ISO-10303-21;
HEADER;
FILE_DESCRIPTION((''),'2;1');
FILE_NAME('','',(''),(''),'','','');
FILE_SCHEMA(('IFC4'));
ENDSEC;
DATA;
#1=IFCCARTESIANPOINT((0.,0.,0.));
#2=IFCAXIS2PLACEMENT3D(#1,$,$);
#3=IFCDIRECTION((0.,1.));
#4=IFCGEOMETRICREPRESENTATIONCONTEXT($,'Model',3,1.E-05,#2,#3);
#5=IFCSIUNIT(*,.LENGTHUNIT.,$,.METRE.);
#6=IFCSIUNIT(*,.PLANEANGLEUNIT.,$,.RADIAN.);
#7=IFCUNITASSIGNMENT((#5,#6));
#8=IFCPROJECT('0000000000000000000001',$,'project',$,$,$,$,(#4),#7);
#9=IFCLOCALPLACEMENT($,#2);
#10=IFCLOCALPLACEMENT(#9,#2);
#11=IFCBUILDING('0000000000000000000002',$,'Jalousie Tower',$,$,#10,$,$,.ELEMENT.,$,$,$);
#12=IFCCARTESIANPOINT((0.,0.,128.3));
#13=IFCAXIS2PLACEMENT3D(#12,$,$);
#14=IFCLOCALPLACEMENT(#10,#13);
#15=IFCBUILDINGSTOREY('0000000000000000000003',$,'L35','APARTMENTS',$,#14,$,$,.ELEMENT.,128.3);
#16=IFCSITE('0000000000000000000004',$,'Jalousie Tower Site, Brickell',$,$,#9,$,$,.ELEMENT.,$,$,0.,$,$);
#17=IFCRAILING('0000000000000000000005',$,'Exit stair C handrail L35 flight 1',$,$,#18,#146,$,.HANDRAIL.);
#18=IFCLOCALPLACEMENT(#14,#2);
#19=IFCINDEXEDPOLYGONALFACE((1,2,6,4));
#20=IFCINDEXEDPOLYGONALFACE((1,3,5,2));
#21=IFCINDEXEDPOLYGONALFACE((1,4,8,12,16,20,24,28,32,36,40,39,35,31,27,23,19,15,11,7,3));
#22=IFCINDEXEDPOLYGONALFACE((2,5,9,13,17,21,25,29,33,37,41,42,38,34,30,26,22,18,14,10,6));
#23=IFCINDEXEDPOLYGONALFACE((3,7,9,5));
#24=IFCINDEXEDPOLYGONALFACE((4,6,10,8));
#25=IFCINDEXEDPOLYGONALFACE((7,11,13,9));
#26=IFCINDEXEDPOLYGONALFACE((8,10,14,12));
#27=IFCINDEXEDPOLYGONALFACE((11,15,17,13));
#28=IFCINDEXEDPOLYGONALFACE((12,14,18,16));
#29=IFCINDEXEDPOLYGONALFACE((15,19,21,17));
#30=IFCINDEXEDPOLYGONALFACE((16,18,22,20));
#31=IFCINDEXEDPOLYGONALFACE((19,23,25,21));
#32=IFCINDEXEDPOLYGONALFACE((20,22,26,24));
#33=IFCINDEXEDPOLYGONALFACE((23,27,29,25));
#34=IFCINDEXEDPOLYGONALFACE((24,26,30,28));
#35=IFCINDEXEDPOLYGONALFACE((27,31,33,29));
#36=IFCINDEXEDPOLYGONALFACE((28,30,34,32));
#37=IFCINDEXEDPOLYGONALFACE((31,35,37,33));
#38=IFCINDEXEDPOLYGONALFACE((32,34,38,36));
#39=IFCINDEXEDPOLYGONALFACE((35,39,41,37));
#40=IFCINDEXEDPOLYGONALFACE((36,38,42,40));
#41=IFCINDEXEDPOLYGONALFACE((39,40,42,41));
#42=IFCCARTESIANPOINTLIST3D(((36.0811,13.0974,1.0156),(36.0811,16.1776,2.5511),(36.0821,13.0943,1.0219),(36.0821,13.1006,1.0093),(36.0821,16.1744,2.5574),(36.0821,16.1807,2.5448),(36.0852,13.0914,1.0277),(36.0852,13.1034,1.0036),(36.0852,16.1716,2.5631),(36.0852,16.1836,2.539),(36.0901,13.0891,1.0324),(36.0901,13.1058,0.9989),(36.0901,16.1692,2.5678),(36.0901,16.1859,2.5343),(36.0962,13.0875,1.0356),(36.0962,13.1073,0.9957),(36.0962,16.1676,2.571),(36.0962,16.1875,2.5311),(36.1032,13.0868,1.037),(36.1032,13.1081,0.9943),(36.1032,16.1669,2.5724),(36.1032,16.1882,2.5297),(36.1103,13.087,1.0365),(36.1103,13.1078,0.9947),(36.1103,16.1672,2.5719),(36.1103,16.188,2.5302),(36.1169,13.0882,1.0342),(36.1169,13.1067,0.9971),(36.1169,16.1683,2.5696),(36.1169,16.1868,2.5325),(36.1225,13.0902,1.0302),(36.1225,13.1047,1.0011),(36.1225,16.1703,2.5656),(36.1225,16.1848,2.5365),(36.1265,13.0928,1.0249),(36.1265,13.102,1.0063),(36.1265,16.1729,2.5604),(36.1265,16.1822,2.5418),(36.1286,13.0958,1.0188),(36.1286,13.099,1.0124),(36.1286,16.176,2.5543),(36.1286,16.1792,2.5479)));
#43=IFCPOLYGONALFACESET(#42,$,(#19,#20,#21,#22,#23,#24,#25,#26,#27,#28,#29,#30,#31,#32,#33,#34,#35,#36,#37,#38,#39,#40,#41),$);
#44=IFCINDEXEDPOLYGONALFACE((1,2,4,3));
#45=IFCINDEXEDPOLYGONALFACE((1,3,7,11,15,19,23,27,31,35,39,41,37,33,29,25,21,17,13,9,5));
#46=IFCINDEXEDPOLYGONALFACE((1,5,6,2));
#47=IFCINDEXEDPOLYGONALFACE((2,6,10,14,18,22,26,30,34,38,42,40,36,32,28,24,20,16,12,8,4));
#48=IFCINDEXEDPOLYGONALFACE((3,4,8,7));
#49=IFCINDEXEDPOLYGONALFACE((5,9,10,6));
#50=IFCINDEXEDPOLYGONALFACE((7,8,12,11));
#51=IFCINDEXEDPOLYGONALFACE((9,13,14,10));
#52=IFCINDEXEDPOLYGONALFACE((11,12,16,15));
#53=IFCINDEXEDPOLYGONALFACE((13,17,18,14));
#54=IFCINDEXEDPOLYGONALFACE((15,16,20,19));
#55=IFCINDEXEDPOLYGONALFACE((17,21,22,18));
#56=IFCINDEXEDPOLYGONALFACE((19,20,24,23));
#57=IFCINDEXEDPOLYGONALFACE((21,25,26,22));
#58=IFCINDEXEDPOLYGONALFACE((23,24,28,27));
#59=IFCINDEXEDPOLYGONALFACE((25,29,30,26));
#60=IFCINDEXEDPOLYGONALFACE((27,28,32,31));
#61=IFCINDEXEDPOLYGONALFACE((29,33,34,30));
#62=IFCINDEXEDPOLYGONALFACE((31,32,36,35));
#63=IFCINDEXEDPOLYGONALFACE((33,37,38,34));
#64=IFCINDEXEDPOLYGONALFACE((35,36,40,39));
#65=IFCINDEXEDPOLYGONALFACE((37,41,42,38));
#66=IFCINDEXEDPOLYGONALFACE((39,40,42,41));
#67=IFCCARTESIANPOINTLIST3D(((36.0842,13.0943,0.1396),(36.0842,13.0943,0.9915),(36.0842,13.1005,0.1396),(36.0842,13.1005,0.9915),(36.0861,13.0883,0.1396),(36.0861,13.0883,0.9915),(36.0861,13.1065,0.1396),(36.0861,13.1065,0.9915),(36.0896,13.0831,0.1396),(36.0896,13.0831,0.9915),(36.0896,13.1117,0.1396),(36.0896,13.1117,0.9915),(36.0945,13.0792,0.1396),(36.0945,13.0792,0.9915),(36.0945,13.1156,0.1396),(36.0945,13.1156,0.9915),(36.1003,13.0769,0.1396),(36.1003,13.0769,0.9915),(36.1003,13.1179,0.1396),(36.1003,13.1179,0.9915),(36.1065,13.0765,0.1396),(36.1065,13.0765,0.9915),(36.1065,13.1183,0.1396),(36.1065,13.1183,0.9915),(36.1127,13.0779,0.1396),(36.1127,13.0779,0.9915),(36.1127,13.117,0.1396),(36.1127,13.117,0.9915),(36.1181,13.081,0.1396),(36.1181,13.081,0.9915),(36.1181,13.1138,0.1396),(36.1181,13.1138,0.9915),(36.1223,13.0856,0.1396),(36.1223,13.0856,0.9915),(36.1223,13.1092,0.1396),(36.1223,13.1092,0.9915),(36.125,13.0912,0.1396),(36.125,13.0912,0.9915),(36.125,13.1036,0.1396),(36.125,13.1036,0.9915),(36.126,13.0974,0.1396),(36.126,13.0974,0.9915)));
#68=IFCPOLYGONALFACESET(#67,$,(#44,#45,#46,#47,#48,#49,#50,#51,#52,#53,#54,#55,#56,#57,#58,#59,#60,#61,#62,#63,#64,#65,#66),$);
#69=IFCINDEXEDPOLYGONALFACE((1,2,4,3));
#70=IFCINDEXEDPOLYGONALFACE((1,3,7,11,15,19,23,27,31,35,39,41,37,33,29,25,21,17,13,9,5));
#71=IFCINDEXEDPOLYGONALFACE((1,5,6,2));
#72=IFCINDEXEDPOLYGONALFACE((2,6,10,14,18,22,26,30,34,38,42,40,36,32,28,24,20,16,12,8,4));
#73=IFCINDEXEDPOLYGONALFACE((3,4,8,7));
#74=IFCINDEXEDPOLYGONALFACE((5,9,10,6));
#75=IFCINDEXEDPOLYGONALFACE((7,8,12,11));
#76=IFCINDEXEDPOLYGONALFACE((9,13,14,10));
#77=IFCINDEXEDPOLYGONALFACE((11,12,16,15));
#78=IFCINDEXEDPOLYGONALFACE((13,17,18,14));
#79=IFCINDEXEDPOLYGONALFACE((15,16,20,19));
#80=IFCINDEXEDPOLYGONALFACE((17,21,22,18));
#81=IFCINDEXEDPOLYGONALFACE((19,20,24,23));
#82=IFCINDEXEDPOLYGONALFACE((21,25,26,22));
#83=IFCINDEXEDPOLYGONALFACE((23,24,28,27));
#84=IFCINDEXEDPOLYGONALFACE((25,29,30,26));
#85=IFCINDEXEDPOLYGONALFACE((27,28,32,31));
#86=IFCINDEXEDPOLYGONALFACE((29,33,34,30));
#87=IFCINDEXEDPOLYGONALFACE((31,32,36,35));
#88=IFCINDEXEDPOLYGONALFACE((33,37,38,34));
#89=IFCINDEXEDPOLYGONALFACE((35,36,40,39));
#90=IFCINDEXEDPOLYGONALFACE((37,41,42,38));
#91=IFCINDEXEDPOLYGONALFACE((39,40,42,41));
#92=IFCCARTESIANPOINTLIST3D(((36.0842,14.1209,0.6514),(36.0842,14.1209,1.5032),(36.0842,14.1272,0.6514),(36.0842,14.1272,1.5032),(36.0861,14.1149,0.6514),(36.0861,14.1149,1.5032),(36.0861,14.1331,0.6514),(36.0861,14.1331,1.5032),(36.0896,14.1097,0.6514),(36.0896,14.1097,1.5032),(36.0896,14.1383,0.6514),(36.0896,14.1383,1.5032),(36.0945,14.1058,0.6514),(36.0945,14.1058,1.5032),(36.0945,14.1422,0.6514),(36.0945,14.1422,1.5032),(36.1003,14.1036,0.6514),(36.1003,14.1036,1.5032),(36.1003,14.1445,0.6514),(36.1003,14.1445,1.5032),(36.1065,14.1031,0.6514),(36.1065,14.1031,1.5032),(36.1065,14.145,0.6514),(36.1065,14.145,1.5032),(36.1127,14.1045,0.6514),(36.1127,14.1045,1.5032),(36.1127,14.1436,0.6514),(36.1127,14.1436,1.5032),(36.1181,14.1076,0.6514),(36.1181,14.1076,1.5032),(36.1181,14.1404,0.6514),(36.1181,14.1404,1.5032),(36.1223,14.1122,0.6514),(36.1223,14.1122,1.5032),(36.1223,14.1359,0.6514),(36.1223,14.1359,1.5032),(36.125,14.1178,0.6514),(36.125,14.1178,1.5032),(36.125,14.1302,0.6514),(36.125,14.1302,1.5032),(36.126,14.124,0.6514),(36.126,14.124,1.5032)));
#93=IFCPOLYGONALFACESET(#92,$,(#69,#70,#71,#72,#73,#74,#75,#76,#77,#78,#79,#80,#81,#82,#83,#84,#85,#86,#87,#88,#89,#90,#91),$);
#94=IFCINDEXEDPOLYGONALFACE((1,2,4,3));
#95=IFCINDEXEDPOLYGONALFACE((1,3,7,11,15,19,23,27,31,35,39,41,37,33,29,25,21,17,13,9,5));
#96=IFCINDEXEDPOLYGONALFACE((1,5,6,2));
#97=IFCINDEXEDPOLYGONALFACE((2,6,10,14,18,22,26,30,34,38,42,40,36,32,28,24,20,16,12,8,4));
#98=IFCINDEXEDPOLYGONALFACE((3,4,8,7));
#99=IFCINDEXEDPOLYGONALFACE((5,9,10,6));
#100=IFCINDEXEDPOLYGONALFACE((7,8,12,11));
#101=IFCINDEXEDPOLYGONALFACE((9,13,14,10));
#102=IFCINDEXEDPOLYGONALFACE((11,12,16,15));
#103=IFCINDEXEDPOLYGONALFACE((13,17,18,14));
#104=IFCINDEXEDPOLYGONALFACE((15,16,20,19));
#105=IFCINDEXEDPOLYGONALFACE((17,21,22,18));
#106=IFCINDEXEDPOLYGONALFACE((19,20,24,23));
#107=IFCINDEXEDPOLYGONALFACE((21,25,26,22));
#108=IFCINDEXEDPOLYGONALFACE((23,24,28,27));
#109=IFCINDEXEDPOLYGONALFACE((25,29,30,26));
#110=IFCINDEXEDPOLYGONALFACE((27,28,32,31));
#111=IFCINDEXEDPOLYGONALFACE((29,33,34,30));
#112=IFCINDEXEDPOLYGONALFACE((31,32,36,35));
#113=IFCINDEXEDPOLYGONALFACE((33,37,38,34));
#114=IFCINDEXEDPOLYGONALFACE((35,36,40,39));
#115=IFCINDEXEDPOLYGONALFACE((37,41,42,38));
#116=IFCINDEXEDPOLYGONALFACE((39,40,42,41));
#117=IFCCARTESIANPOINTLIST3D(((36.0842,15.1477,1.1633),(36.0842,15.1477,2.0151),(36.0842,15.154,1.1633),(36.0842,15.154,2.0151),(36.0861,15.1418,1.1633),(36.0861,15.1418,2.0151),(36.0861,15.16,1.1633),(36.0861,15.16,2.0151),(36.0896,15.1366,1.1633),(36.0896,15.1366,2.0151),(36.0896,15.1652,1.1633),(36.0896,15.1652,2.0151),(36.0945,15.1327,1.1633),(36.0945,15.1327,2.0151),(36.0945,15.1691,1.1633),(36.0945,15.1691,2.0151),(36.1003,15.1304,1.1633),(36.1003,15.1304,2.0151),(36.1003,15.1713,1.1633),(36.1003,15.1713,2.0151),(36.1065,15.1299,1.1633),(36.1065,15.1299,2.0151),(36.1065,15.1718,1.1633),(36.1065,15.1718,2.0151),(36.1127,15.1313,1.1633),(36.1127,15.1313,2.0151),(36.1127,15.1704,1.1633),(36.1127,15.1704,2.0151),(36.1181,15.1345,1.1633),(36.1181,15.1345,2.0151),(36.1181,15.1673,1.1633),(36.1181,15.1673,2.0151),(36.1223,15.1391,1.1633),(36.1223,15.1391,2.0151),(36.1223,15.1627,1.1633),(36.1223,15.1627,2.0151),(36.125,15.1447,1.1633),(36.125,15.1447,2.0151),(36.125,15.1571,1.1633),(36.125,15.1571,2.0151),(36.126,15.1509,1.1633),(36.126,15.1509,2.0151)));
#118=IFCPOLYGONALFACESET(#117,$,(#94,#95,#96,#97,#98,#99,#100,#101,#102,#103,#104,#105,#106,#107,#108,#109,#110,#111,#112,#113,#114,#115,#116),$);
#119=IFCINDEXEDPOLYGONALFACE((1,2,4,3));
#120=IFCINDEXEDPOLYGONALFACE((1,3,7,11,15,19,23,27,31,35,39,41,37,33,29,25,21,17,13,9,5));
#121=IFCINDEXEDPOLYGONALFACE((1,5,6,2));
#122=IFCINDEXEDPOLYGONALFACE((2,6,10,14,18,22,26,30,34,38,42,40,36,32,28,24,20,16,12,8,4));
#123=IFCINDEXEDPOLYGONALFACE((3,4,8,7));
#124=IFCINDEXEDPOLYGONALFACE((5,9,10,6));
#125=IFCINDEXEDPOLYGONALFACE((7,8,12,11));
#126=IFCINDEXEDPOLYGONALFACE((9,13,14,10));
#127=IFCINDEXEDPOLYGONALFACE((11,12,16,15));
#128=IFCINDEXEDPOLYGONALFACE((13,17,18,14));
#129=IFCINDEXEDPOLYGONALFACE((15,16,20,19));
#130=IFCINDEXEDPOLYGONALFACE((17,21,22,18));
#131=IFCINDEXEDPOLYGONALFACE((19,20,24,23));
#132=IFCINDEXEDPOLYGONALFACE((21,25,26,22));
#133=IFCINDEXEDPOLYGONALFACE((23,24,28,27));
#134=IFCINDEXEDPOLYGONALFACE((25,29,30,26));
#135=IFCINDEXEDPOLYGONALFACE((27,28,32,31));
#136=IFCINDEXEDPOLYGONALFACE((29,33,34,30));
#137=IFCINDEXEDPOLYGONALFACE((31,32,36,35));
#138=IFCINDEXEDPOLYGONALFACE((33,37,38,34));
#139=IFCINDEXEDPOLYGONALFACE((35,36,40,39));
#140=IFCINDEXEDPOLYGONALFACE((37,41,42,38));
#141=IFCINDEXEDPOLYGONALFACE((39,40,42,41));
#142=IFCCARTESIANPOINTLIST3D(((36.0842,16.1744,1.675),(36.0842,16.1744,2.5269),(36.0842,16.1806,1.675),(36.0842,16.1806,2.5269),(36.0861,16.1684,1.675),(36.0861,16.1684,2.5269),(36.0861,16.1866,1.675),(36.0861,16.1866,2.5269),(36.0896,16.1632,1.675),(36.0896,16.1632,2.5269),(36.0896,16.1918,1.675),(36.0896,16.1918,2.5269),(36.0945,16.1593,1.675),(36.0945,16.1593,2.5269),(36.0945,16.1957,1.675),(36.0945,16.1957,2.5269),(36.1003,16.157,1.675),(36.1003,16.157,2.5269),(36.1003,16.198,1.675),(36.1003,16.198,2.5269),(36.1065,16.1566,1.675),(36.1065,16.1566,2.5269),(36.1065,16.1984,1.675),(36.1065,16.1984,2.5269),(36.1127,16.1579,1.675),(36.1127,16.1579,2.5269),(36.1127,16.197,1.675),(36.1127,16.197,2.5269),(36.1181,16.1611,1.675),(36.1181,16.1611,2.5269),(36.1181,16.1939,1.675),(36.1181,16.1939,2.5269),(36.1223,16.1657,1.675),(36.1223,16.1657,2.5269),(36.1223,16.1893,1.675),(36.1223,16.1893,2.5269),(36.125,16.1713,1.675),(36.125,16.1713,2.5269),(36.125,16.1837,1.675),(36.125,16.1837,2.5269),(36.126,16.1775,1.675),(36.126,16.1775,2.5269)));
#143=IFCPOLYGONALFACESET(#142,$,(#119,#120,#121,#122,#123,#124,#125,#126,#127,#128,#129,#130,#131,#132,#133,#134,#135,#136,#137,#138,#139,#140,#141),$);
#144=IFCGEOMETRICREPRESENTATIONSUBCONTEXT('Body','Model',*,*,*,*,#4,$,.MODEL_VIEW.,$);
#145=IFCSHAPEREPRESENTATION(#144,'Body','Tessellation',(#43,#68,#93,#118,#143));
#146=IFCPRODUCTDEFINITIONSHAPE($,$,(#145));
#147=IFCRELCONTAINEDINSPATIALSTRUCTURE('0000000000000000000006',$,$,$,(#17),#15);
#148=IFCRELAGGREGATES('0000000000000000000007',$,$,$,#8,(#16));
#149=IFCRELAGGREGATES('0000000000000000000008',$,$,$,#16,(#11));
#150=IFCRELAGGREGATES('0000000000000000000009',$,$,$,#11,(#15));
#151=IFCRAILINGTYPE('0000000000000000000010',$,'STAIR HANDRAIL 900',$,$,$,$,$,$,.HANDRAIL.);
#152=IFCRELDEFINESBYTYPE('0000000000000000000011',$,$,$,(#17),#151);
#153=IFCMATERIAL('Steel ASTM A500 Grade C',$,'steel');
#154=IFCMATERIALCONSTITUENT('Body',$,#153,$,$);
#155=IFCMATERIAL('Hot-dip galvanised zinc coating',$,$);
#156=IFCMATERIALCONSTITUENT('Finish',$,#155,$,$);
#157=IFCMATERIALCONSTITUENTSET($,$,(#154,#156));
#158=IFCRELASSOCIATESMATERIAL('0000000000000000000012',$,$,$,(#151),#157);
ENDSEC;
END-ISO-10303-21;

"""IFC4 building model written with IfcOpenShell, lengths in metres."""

from ifc_helpers import new_model, si_unit, direction, frame, origin, origin_2d, place, context, subcontext, project, spatial, circle, extrude, material, constituent, constituent_set, type_object, element, save


model = new_model("IFC4")

# Units and contexts
model_context = context("Model", 3, precision=1e-05, world=origin(), true_north=direction((0.0, 1.0)))
body_context = subcontext(model_context, "Body", "Model", "MODEL_VIEW")
ifc_project = project(units=[si_unit("LENGTHUNIT", "METRE"), si_unit("PLANEANGLEUNIT", "RADIAN")], contexts=[model_context])

# Site, building, storey
site_placement = place(None, origin())
site = spatial("IfcSite", under=ifc_project, at=site_placement, Name="Jalousie Tower Site, Brickell", CompositionType="ELEMENT", RefElevation=0.0)
building_placement = place(site_placement, origin())
building = spatial("IfcBuilding", under=site, at=building_placement, Name="Jalousie Tower", CompositionType="ELEMENT")
storey_placement = place(building_placement, frame((0.0, 0.0, 128.3)))
storey = spatial("IfcBuildingStorey", under=building, at=storey_placement, Name="L35", Description="APARTMENTS", CompositionType="ELEMENT", Elevation=128.3)

# Railing
ifc_material_1 = material(Name="Steel ASTM A500 Grade C", Category="steel")
ifc_constituent_1 = constituent(ifc_material_1, Name="Body")
ifc_material_2 = material(Name="Hot-dip galvanised zinc coating")
ifc_constituent_2 = constituent(ifc_material_2, Name="Finish")
ifc_constituent_set_1 = constituent_set(constituents=[ifc_constituent_1, ifc_constituent_2])
railing_type_1 = type_object("IfcRailingType", Name="STAIR HANDRAIL 900", PredefinedType="HANDRAIL", material=ifc_constituent_set_1)
railing_1_placement = place(storey_placement, frame((36.105, 13.0974, 0.1396)))
element("IfcRailing", 1, at=railing_1_placement, inside=storey, type_object=railing_type_1, Name="Exit stair C handrail L35 flight 1", PredefinedType="HANDRAIL", context=body_context, shape_type="SweptSolid", body=[
    extrude(circle(Radius=0.0239, at=origin_2d()), frame((0.0, 0.0, 0.876), z_axis=(0.0, 0.894966, 0.446135), x_axis=(-1.0, 0.0, 0.0)), (0.0, 0.0, 1.0), 3.4417),
    extrude(circle(Radius=0.021, at=origin_2d()), origin(), (0.0, 0.0, 1.0), 0.8518),
    extrude(circle(Radius=0.021, at=origin_2d()), frame((0.0, 1.0266, 0.5117)), (0.0, 0.0, 1.0), 0.8518),
    extrude(circle(Radius=0.021, at=origin_2d()), frame((0.0, 2.0535, 1.0237)), (0.0, 0.0, 1.0), 0.8518),
    extrude(circle(Radius=0.021, at=origin_2d()), frame((0.0, 3.0801, 1.5354)), (0.0, 0.0, 1.0), 0.8518),
])

save(model, "model.ifc")
